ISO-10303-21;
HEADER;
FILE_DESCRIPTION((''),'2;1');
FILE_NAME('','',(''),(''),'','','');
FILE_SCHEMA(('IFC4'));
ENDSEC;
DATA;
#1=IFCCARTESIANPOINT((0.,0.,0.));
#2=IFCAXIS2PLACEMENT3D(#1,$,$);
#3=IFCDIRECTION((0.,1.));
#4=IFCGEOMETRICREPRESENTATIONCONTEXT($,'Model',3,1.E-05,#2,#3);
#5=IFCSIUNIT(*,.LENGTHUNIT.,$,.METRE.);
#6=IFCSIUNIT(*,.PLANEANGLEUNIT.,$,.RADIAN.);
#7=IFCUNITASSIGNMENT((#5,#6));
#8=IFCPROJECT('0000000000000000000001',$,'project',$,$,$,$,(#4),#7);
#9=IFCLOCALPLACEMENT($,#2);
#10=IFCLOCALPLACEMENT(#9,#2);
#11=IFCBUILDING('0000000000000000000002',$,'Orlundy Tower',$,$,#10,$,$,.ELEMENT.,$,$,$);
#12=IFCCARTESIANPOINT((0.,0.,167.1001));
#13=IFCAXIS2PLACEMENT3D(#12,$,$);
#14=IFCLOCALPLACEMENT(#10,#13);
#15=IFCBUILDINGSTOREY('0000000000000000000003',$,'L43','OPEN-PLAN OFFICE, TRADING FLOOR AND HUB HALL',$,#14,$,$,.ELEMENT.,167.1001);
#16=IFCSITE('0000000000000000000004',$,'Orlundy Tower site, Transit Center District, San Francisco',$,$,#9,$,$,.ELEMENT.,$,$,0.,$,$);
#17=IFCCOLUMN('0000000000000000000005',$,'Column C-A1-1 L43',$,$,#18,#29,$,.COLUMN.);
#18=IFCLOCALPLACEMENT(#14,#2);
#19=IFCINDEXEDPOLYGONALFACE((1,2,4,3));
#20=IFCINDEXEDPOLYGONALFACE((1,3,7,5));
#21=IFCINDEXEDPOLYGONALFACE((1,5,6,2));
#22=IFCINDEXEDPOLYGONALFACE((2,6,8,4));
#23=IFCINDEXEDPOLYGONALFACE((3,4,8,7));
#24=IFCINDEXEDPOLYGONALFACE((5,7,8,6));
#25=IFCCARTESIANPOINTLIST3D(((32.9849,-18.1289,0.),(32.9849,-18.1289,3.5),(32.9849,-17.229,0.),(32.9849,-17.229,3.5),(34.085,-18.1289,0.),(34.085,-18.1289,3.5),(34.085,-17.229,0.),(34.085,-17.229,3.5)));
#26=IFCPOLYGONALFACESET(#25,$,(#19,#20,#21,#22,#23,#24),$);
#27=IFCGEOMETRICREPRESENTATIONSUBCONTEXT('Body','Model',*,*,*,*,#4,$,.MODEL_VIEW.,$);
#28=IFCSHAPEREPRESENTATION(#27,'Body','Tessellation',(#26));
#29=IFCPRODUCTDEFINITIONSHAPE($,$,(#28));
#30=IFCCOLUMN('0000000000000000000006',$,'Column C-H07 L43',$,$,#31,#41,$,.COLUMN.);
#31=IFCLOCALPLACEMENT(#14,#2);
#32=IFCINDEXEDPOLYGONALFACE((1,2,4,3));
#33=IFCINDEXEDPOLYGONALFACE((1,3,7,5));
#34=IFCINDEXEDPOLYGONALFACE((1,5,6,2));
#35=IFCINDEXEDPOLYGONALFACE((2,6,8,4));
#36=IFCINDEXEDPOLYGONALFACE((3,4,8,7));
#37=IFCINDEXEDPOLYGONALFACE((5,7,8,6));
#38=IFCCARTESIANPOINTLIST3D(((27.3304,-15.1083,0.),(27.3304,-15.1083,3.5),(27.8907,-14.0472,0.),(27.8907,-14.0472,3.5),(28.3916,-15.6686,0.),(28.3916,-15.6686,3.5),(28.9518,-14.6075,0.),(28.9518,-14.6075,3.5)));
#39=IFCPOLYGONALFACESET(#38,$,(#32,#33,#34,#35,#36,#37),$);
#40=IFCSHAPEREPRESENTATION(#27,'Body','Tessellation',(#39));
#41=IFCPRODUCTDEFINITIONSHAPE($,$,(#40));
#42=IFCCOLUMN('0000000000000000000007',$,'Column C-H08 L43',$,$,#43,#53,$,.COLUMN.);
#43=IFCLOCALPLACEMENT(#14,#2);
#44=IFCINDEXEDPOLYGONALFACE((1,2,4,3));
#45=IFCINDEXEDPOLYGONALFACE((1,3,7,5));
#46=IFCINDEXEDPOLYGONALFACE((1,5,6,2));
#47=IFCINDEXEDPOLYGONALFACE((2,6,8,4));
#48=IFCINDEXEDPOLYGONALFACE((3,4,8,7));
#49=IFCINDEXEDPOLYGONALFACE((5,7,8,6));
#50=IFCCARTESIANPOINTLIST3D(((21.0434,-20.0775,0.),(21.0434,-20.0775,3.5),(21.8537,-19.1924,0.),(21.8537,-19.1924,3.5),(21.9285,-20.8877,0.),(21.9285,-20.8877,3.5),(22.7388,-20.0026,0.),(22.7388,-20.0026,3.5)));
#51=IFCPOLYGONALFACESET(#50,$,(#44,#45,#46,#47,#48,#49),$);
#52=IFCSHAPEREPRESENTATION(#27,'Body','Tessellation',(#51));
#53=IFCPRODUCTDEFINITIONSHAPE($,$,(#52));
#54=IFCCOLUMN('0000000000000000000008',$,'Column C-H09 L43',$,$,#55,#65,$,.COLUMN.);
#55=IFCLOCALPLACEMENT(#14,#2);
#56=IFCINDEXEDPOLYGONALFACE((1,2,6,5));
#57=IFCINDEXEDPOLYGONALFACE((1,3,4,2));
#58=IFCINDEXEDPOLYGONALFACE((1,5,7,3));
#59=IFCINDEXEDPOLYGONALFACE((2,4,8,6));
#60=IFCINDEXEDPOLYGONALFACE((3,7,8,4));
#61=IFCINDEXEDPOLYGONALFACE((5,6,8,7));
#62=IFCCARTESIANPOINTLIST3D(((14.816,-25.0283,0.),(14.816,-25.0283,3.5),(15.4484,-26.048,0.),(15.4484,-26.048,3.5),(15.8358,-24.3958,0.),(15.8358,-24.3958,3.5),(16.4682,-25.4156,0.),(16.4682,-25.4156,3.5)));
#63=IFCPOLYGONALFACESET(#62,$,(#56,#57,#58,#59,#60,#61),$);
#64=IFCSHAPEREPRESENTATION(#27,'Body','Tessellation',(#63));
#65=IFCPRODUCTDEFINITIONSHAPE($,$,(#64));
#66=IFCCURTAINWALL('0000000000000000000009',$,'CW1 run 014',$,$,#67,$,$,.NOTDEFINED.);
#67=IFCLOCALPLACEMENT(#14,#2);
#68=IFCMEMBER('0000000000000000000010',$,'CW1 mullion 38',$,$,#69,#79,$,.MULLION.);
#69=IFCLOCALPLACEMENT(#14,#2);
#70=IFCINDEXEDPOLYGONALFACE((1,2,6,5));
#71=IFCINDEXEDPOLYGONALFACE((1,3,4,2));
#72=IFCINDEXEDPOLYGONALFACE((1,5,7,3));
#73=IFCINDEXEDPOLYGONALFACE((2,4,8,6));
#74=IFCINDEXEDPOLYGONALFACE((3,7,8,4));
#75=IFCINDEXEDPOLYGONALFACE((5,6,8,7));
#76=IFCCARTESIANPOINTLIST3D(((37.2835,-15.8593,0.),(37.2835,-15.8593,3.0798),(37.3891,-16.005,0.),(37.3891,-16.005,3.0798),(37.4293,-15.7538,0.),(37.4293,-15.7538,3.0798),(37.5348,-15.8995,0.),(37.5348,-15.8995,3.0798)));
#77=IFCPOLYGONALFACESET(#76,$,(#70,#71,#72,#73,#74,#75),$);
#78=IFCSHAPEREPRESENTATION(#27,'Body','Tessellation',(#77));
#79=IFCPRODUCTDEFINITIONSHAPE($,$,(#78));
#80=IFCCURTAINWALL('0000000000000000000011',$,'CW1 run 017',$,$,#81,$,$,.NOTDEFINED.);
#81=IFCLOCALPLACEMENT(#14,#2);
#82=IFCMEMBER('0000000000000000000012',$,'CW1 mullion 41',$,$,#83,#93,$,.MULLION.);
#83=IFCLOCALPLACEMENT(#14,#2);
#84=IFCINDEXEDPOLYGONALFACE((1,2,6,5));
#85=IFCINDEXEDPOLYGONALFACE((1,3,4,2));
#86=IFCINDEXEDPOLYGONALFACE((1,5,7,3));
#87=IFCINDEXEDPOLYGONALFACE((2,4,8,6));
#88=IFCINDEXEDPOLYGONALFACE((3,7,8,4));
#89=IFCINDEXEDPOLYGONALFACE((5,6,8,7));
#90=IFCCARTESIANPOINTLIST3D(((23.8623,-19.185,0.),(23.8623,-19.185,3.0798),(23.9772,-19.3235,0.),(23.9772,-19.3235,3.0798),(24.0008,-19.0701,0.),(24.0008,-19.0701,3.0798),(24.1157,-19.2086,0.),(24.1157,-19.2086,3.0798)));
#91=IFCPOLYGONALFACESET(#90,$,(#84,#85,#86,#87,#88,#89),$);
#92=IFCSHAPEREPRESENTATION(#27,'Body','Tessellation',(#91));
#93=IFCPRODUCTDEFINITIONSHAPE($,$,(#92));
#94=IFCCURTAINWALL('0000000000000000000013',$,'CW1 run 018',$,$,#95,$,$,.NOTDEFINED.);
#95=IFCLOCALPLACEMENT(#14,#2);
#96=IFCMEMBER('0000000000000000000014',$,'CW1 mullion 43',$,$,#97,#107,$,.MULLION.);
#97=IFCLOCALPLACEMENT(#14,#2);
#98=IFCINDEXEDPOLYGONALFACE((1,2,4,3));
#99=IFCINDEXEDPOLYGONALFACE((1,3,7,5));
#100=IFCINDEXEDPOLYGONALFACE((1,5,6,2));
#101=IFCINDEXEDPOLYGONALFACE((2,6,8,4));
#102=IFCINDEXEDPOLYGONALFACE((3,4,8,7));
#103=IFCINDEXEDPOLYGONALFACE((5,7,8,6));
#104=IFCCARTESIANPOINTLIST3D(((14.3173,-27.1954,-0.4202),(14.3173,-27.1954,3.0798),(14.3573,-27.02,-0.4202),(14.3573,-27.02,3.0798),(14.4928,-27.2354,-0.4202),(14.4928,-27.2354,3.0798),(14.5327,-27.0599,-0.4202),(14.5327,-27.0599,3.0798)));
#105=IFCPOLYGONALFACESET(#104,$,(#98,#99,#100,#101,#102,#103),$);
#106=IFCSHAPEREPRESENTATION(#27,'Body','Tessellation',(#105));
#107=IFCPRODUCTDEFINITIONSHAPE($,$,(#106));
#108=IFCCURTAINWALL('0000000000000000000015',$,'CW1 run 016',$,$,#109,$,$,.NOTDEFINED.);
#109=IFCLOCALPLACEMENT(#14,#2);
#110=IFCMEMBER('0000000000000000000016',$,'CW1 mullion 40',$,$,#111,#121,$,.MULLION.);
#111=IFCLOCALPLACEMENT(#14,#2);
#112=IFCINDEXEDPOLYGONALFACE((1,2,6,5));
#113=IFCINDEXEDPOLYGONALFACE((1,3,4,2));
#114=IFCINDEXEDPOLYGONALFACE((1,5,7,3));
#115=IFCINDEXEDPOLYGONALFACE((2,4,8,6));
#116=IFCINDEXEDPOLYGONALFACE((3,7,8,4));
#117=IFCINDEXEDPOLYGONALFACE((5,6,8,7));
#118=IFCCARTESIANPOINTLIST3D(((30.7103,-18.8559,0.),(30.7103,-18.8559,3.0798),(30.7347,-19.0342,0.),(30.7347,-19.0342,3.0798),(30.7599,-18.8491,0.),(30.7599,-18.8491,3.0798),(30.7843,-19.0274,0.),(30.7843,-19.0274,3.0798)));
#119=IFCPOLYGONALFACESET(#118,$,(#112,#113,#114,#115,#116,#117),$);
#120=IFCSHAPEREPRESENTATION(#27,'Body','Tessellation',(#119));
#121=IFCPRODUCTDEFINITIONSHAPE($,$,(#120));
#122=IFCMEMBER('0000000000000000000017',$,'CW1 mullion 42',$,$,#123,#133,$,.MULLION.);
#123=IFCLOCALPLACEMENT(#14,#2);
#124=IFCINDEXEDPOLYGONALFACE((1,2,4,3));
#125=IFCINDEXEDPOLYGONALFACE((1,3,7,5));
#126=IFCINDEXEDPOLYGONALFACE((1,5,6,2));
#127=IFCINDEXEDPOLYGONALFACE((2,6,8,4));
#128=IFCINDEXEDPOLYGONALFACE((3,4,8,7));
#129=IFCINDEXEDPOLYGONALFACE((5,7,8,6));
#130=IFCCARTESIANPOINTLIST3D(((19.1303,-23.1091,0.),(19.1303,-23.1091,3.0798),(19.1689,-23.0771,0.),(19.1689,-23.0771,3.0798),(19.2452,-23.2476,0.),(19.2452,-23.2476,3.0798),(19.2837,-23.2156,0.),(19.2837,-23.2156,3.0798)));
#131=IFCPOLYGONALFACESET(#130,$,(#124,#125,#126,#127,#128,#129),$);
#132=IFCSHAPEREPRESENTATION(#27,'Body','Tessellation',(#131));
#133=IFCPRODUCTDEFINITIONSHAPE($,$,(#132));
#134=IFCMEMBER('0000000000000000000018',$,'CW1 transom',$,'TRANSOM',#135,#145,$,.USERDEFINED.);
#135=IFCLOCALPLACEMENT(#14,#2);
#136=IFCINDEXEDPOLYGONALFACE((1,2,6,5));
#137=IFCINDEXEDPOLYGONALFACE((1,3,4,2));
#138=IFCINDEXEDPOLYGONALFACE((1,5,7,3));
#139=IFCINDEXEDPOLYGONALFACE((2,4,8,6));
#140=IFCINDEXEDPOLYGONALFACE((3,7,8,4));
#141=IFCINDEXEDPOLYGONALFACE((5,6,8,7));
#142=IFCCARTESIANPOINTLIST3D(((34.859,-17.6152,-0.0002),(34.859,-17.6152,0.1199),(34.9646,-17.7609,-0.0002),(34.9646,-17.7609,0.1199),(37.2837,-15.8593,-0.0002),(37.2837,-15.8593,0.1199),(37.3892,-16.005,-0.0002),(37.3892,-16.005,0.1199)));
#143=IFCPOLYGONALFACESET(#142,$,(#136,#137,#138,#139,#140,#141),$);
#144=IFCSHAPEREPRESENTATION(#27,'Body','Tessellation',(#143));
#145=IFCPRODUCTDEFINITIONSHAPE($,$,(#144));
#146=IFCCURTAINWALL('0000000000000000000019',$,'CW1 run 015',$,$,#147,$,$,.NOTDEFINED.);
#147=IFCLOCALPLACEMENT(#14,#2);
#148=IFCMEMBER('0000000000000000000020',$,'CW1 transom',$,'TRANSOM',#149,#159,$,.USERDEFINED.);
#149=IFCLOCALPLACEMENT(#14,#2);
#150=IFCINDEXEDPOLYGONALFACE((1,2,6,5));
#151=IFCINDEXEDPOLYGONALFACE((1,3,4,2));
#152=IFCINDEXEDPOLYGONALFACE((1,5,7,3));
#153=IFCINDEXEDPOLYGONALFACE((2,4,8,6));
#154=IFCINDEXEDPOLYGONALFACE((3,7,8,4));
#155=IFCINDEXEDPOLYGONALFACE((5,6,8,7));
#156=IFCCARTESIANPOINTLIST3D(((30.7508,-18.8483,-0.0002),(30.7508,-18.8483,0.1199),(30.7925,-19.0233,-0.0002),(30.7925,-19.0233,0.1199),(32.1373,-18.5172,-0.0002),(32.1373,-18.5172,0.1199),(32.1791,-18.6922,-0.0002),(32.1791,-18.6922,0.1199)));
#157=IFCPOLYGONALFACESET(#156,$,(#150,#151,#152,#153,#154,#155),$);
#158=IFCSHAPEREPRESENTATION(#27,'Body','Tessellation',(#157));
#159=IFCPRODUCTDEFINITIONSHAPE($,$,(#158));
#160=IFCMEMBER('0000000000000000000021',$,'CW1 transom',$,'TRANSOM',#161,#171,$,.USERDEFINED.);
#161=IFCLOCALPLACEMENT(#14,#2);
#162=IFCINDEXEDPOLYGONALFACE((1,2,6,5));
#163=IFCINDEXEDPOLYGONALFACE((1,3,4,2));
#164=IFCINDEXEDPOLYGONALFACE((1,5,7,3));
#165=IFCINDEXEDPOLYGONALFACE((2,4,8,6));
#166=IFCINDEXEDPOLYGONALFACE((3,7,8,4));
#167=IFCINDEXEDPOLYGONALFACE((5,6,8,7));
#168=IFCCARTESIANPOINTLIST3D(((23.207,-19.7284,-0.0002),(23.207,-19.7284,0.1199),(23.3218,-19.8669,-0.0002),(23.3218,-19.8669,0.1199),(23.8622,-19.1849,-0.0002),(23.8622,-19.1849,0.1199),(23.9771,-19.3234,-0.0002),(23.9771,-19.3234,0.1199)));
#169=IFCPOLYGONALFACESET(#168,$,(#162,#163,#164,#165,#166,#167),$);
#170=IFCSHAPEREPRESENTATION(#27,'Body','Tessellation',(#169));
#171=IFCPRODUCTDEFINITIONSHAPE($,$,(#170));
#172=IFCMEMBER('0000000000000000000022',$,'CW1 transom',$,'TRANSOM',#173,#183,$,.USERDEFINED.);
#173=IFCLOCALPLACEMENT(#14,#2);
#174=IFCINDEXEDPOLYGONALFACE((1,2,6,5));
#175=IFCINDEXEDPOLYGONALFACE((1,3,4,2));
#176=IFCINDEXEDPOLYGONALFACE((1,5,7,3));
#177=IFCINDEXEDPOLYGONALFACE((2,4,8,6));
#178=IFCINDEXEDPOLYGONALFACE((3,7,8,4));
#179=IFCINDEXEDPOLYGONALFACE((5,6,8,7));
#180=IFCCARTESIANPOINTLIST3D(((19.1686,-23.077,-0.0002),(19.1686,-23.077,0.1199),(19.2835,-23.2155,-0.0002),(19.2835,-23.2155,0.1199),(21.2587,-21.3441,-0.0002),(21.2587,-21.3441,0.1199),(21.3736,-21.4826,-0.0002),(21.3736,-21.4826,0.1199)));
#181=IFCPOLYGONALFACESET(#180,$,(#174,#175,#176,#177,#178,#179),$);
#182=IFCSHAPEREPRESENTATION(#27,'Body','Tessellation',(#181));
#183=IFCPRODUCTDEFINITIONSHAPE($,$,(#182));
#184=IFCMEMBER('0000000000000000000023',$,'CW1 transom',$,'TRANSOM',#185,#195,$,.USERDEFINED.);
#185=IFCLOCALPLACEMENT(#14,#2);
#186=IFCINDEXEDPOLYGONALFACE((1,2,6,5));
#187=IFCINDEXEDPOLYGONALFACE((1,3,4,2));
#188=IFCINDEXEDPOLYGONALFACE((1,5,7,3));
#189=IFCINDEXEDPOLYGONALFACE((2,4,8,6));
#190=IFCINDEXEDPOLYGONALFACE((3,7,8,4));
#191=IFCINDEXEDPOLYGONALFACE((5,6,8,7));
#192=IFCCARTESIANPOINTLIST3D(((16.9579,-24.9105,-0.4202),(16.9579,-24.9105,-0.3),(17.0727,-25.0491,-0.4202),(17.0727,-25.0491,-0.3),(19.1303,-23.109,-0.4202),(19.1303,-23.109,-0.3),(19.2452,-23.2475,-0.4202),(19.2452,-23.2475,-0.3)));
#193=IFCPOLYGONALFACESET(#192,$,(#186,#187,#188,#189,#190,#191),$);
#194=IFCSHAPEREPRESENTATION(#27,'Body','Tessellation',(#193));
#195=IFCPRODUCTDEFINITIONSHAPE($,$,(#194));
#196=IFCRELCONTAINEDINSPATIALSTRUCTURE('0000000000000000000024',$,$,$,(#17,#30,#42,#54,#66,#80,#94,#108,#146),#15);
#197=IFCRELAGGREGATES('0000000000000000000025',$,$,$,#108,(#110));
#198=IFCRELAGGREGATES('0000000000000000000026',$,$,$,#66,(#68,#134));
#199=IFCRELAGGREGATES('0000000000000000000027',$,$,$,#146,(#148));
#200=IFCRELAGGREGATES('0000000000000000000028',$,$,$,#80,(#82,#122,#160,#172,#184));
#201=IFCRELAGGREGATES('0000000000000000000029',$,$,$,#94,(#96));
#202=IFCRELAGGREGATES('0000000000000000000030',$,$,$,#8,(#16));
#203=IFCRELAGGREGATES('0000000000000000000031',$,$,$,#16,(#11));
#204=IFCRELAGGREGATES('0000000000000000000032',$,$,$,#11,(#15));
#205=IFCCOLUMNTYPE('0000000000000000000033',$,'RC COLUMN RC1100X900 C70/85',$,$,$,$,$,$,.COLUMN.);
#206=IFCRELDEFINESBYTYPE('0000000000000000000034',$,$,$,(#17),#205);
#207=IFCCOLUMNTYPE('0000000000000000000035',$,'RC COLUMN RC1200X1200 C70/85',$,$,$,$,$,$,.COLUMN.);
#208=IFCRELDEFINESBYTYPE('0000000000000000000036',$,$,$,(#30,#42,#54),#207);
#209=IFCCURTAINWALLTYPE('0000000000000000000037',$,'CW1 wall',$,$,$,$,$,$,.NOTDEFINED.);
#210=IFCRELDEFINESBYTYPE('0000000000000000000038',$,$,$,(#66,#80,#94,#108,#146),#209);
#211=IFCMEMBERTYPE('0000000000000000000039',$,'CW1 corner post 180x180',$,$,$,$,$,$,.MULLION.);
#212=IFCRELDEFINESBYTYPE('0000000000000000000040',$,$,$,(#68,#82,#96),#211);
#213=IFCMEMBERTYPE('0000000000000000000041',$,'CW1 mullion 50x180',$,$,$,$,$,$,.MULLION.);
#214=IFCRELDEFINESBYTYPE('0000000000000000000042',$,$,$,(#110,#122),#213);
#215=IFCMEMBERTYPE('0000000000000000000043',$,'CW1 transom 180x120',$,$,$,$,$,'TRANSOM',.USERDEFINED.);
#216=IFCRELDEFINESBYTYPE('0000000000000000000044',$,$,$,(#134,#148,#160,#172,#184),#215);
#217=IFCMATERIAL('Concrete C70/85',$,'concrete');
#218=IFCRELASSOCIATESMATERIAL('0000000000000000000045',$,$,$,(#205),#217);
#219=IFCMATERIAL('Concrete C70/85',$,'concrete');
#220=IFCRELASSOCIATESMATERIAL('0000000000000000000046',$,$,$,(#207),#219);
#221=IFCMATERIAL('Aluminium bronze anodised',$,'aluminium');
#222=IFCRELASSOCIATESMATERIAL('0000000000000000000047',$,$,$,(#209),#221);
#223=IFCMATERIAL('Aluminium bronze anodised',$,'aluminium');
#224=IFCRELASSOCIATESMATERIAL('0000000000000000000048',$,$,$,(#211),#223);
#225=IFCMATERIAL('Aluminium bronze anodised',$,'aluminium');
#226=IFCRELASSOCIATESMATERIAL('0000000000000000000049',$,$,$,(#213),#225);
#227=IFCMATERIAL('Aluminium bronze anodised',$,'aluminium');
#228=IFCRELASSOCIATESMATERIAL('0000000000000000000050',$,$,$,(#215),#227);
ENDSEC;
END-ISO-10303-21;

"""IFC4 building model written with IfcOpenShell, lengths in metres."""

from ifc_helpers import new_model, si_unit, direction, frame, origin, origin_2d, place, context, subcontext, project, spatial, rectangle, extrude, material, material_profile, profile_set, type_object, element, aggregate, save


model = new_model("IFC4")

# Units and contexts
model_context = context("Model", 3, precision=1e-05, world=origin(), true_north=direction((0.0, 1.0)))
body_context = subcontext(model_context, "Body", "Model", "MODEL_VIEW")
ifc_project = project(units=[si_unit("LENGTHUNIT", "METRE"), si_unit("PLANEANGLEUNIT", "RADIAN")], contexts=[model_context])

# Site, building, storey
site_placement = place(None, origin())
site = spatial("IfcSite", under=ifc_project, at=site_placement, Name="Orlundy Tower site, Transit Center District, San Francisco", CompositionType="ELEMENT", RefElevation=0.0)
building_placement = place(site_placement, origin())
building = spatial("IfcBuilding", under=site, at=building_placement, Name="Orlundy Tower", CompositionType="ELEMENT")
storey_placement = place(building_placement, frame((0.0, 0.0, 167.1001)))
storey = spatial("IfcBuildingStorey", under=building, at=storey_placement, Name="L43", Description="OPEN-PLAN OFFICE, TRADING FLOOR AND HUB HALL", CompositionType="ELEMENT", Elevation=167.1001)

# Columns
ifc_material_1 = material(Name="Concrete C70/85", Category="concrete")
ifc_material_profile_1 = material_profile(ifc_material_1, rectangle(XDim=1.1001, YDim=0.8999, at=origin_2d()), Name="RC1100X900")
ifc_profile_set_1 = profile_set([ifc_material_profile_1], Name="Concrete C70/85")
column_type_1 = type_object("IfcColumnType", Name="RC COLUMN RC1100X900 C70/85", PredefinedType="COLUMN", material=ifc_profile_set_1)
column_placement = place(storey_placement, frame((33.5349, -17.679, 0.0), z_axis=(0.0, 0.0, 1.0), x_axis=(1.0, 0.0, 0.0)))
element("IfcColumn", 1, at=column_placement, inside=storey, type_object=column_type_1, Name="Column C-A1-1 L43", PredefinedType="COLUMN", context=body_context, shape_type="SweptSolid", body=[
    extrude(rectangle(XDim=1.1001, YDim=0.8999, at=origin_2d()), origin(), (0.0, 0.0, 1.0), 3.5),
])
ifc_material_2 = material(Name="Concrete C70/85", Category="concrete")
ifc_material_profile_2 = material_profile(ifc_material_2, rectangle(XDim=1.2, YDim=1.2, at=origin_2d()), Name="RC1200X1200")
ifc_profile_set_2 = profile_set([ifc_material_profile_2], Name="Concrete C70/85")
column_type_2 = type_object("IfcColumnType", Name="RC COLUMN RC1200X1200 C70/85", PredefinedType="COLUMN", material=ifc_profile_set_2)
for number, where, z_axis, x_axis, name in (
    (2, (28.1411, -14.8579, 0.0), (0.0, 0.0, 1.0), (0.884312, -0.466896, 0.0), "Column C-H07 L43"),
    (3, (21.8911, -20.04, 0.0), (0.0, 0.0, 1.0), (0.737607, -0.67523, 0.0), "Column C-H08 L43"),
    (4, (15.6421, -25.2219, 0.0), (0.0, 0.0, 1.0), (0.527045, -0.849838, 0.0), "Column C-H09 L43"),
):
    element("IfcColumn", number, at=place(storey_placement, frame(where, z_axis=z_axis, x_axis=x_axis)), inside=storey, type_object=column_type_2, Name=name, PredefinedType="COLUMN", context=body_context, shape_type="SweptSolid", body=[
        extrude(rectangle(XDim=1.2, YDim=1.2, at=origin_2d()), origin(), (0.0, 0.0, 1.0), 3.5),
    ])

# Curtain walls, members
ifc_material_3 = material(Name="Aluminium bronze anodised", Category="aluminium")
curtain_wall_type = type_object("IfcCurtainWallType", Name="CW1 wall", PredefinedType="NOTDEFINED", material=ifc_material_3)
curtain_wall_1_placement = place(storey_placement, origin())
curtain_wall_1 = element("IfcCurtainWall", 5, at=curtain_wall_1_placement, inside=storey, type_object=curtain_wall_type, Name="CW1 run 014", PredefinedType="NOTDEFINED")
ifc_material_4 = material(Name="Aluminium bronze anodised", Category="aluminium")
ifc_material_profile_3 = material_profile(ifc_material_4, rectangle(XDim=0.1799, YDim=0.1799, at=origin_2d()), Name="CW1 corner post 180x180")
ifc_profile_set_3 = profile_set([ifc_material_profile_3], Name="Aluminium bronze anodised")
member_type_1 = type_object("IfcMemberType", Name="CW1 corner post 180x180", PredefinedType="MULLION", material=ifc_profile_set_3)
member_1_placement = place(storey_placement, frame((37.4092, -15.8794, 0.0), z_axis=(0.0, 0.0, 1.0), x_axis=(0.586534, -0.809924, 0.0)))
member_1 = element("IfcMember", 6, at=member_1_placement, type_object=member_type_1, Name="CW1 mullion 38", PredefinedType="MULLION", context=body_context, shape_type="SweptSolid", body=[
    extrude(rectangle(XDim=0.1799, YDim=0.1799, at=origin_2d()), origin(), (0.0, 0.0, 1.0), 3.0798),
])
curtain_wall_2_placement = place(storey_placement, origin())
curtain_wall_2 = element("IfcCurtainWall", 7, at=curtain_wall_2_placement, inside=storey, type_object=curtain_wall_type, Name="CW1 run 017", PredefinedType="NOTDEFINED")
member_2_placement = place(storey_placement, frame((23.989, -19.1968, 0.0), z_axis=(0.0, 0.0, 1.0), x_axis=(0.638331, -0.769762, 0.0)))
member_2 = element("IfcMember", 8, at=member_2_placement, type_object=member_type_1, Name="CW1 mullion 41", PredefinedType="MULLION", context=body_context, shape_type="SweptSolid", body=[
    extrude(rectangle(XDim=0.1799, YDim=0.1799, at=origin_2d()), origin(), (0.0, 0.0, 1.0), 3.0798),
])
curtain_wall_3_placement = place(storey_placement, origin())
curtain_wall_3 = element("IfcCurtainWall", 9, at=curtain_wall_3_placement, inside=storey, type_object=curtain_wall_type, Name="CW1 run 018", PredefinedType="NOTDEFINED")
member_3_placement = place(storey_placement, frame((14.425, -27.1277, -0.4202), z_axis=(0.0, 0.0, 1.0), x_axis=(0.975022, -0.222106, 0.0)))
member_3 = element("IfcMember", 10, at=member_3_placement, type_object=member_type_1, Name="CW1 mullion 43", PredefinedType="MULLION", context=body_context, shape_type="SweptSolid", body=[
    extrude(rectangle(XDim=0.1799, YDim=0.1799, at=origin_2d()), origin(), (0.0, 0.0, 1.0), 3.5),
])
curtain_wall_4_placement = place(storey_placement, origin())
curtain_wall_4 = element("IfcCurtainWall", 11, at=curtain_wall_4_placement, inside=storey, type_object=curtain_wall_type, Name="CW1 run 016", PredefinedType="NOTDEFINED")
ifc_material_5 = material(Name="Aluminium bronze anodised", Category="aluminium")
ifc_material_profile_4 = material_profile(ifc_material_5, rectangle(XDim=0.1799, YDim=0.05, at=origin_2d()), Name="CW1 mullion 50x180")
ifc_profile_set_4 = profile_set([ifc_material_profile_4], Name="Aluminium bronze anodised")
member_type_2 = type_object("IfcMemberType", Name="CW1 mullion 50x180", PredefinedType="MULLION", material=ifc_profile_set_4)
member_4_placement = place(storey_placement, frame((30.7473, -18.9417, 0.0), z_axis=(0.0, 0.0, 1.0), x_axis=(0.135672, -0.990754, 0.0)))
member_4 = element("IfcMember", 12, at=member_4_placement, type_object=member_type_2, Name="CW1 mullion 40", PredefinedType="MULLION", context=body_context, shape_type="SweptSolid", body=[
    extrude(rectangle(XDim=0.1799, YDim=0.05, at=origin_2d()), origin(), (0.0, 0.0, 1.0), 3.0798),
])
aggregate(curtain_wall_4, [member_4])

# Members
member_5_placement = place(storey_placement, frame((19.207, -23.1624, 0.0), z_axis=(0.0, 0.0, 1.0), x_axis=(0.638331, -0.769762, 0.0)))
member_5 = element("IfcMember", 13, at=member_5_placement, type_object=member_type_2, Name="CW1 mullion 42", PredefinedType="MULLION", context=body_context, shape_type="SweptSolid", body=[
    extrude(rectangle(XDim=0.1799, YDim=0.05, at=origin_2d()), origin(), (0.0, 0.0, 1.0), 3.0798),
])
ifc_material_6 = material(Name="Aluminium bronze anodised", Category="aluminium")
ifc_material_profile_5 = material_profile(ifc_material_6, rectangle(XDim=0.1799, YDim=0.1201, at=origin_2d()), Name="CW1 transom 180x120")
ifc_profile_set_5 = profile_set([ifc_material_profile_5], Name="Aluminium bronze anodised")
member_type_3 = type_object("IfcMemberType", Name="CW1 transom 180x120", ElementType="TRANSOM", PredefinedType="USERDEFINED", material=ifc_profile_set_5)
member_6_placement = place(storey_placement, frame((37.3364, -15.9321, 0.0598), z_axis=(-0.809919, -0.586541, 0.0), x_axis=(0.586541, -0.809919, 0.0)))
member_6 = element("IfcMember", 14, at=member_6_placement, type_object=member_type_3, Name="CW1 transom", ObjectType="TRANSOM", PredefinedType="USERDEFINED", context=body_context, shape_type="SweptSolid", body=[
    extrude(rectangle(XDim=0.1799, YDim=0.1201, at=origin_2d()), origin(), (0.0, 0.0, 1.0), 2.9937),
])

# Curtain wall, member
curtain_wall_5_placement = place(storey_placement, origin())
curtain_wall_5 = element("IfcCurtainWall", 15, at=curtain_wall_5_placement, inside=storey, type_object=curtain_wall_type, Name="CW1 run 015", PredefinedType="NOTDEFINED")
member_7_placement = place(storey_placement, frame((32.1582, -18.6047, 0.0598), z_axis=(-0.972657, -0.232246, 0.0), x_axis=(0.232246, -0.972657, 0.0)))
member_7 = element("IfcMember", 16, at=member_7_placement, type_object=member_type_3, Name="CW1 transom", ObjectType="TRANSOM", PredefinedType="USERDEFINED", context=body_context, shape_type="SweptSolid", body=[
    extrude(rectangle(XDim=0.1799, YDim=0.1201, at=origin_2d()), origin(), (0.0, 0.0, 1.0), 1.4255),
])

# Members
member_8_placement = place(storey_placement, frame((23.9197, -19.2542, 0.0598), z_axis=(-0.769724, -0.638377, 0.0), x_axis=(0.638377, -0.769724, 0.0)))
member_8 = element("IfcMember", 17, at=member_8_placement, type_object=member_type_3, Name="CW1 transom", ObjectType="TRANSOM", PredefinedType="USERDEFINED", context=body_context, shape_type="SweptSolid", body=[
    extrude(rectangle(XDim=0.1799, YDim=0.1201, at=origin_2d()), origin(), (0.0, 0.0, 1.0), 0.8513),
])
member_9_placement = place(storey_placement, frame((21.3162, -21.4133, 0.0598), z_axis=(-0.769818, -0.638263, 0.0), x_axis=(0.638263, -0.769818, 0.0)))
member_9 = element("IfcMember", 18, at=member_9_placement, type_object=member_type_3, Name="CW1 transom", ObjectType="TRANSOM", PredefinedType="USERDEFINED", context=body_context, shape_type="SweptSolid", body=[
    extrude(rectangle(XDim=0.1799, YDim=0.1201, at=origin_2d()), origin(), (0.0, 0.0, 1.0), 2.7151),
])
member_10_placement = place(storey_placement, frame((19.1877, -23.1782, -0.3601), z_axis=(-0.769751, -0.638345, 0.0), x_axis=(0.638345, -0.769751, 0.0)))
member_10 = element("IfcMember", 19, at=member_10_placement, type_object=member_type_3, Name="CW1 transom", ObjectType="TRANSOM", PredefinedType="USERDEFINED", context=body_context, shape_type="SweptSolid", body=[
    extrude(rectangle(XDim=0.1799, YDim=0.1201, at=origin_2d()), origin(), (0.0, 0.0, 1.0), 2.8223),
])

aggregate(curtain_wall_1, [member_1, member_6])
aggregate(curtain_wall_5, [member_7])
aggregate(curtain_wall_2, [member_2, member_5, member_8, member_9, member_10])
aggregate(curtain_wall_3, [member_3])

save(model, "model.ifc")
